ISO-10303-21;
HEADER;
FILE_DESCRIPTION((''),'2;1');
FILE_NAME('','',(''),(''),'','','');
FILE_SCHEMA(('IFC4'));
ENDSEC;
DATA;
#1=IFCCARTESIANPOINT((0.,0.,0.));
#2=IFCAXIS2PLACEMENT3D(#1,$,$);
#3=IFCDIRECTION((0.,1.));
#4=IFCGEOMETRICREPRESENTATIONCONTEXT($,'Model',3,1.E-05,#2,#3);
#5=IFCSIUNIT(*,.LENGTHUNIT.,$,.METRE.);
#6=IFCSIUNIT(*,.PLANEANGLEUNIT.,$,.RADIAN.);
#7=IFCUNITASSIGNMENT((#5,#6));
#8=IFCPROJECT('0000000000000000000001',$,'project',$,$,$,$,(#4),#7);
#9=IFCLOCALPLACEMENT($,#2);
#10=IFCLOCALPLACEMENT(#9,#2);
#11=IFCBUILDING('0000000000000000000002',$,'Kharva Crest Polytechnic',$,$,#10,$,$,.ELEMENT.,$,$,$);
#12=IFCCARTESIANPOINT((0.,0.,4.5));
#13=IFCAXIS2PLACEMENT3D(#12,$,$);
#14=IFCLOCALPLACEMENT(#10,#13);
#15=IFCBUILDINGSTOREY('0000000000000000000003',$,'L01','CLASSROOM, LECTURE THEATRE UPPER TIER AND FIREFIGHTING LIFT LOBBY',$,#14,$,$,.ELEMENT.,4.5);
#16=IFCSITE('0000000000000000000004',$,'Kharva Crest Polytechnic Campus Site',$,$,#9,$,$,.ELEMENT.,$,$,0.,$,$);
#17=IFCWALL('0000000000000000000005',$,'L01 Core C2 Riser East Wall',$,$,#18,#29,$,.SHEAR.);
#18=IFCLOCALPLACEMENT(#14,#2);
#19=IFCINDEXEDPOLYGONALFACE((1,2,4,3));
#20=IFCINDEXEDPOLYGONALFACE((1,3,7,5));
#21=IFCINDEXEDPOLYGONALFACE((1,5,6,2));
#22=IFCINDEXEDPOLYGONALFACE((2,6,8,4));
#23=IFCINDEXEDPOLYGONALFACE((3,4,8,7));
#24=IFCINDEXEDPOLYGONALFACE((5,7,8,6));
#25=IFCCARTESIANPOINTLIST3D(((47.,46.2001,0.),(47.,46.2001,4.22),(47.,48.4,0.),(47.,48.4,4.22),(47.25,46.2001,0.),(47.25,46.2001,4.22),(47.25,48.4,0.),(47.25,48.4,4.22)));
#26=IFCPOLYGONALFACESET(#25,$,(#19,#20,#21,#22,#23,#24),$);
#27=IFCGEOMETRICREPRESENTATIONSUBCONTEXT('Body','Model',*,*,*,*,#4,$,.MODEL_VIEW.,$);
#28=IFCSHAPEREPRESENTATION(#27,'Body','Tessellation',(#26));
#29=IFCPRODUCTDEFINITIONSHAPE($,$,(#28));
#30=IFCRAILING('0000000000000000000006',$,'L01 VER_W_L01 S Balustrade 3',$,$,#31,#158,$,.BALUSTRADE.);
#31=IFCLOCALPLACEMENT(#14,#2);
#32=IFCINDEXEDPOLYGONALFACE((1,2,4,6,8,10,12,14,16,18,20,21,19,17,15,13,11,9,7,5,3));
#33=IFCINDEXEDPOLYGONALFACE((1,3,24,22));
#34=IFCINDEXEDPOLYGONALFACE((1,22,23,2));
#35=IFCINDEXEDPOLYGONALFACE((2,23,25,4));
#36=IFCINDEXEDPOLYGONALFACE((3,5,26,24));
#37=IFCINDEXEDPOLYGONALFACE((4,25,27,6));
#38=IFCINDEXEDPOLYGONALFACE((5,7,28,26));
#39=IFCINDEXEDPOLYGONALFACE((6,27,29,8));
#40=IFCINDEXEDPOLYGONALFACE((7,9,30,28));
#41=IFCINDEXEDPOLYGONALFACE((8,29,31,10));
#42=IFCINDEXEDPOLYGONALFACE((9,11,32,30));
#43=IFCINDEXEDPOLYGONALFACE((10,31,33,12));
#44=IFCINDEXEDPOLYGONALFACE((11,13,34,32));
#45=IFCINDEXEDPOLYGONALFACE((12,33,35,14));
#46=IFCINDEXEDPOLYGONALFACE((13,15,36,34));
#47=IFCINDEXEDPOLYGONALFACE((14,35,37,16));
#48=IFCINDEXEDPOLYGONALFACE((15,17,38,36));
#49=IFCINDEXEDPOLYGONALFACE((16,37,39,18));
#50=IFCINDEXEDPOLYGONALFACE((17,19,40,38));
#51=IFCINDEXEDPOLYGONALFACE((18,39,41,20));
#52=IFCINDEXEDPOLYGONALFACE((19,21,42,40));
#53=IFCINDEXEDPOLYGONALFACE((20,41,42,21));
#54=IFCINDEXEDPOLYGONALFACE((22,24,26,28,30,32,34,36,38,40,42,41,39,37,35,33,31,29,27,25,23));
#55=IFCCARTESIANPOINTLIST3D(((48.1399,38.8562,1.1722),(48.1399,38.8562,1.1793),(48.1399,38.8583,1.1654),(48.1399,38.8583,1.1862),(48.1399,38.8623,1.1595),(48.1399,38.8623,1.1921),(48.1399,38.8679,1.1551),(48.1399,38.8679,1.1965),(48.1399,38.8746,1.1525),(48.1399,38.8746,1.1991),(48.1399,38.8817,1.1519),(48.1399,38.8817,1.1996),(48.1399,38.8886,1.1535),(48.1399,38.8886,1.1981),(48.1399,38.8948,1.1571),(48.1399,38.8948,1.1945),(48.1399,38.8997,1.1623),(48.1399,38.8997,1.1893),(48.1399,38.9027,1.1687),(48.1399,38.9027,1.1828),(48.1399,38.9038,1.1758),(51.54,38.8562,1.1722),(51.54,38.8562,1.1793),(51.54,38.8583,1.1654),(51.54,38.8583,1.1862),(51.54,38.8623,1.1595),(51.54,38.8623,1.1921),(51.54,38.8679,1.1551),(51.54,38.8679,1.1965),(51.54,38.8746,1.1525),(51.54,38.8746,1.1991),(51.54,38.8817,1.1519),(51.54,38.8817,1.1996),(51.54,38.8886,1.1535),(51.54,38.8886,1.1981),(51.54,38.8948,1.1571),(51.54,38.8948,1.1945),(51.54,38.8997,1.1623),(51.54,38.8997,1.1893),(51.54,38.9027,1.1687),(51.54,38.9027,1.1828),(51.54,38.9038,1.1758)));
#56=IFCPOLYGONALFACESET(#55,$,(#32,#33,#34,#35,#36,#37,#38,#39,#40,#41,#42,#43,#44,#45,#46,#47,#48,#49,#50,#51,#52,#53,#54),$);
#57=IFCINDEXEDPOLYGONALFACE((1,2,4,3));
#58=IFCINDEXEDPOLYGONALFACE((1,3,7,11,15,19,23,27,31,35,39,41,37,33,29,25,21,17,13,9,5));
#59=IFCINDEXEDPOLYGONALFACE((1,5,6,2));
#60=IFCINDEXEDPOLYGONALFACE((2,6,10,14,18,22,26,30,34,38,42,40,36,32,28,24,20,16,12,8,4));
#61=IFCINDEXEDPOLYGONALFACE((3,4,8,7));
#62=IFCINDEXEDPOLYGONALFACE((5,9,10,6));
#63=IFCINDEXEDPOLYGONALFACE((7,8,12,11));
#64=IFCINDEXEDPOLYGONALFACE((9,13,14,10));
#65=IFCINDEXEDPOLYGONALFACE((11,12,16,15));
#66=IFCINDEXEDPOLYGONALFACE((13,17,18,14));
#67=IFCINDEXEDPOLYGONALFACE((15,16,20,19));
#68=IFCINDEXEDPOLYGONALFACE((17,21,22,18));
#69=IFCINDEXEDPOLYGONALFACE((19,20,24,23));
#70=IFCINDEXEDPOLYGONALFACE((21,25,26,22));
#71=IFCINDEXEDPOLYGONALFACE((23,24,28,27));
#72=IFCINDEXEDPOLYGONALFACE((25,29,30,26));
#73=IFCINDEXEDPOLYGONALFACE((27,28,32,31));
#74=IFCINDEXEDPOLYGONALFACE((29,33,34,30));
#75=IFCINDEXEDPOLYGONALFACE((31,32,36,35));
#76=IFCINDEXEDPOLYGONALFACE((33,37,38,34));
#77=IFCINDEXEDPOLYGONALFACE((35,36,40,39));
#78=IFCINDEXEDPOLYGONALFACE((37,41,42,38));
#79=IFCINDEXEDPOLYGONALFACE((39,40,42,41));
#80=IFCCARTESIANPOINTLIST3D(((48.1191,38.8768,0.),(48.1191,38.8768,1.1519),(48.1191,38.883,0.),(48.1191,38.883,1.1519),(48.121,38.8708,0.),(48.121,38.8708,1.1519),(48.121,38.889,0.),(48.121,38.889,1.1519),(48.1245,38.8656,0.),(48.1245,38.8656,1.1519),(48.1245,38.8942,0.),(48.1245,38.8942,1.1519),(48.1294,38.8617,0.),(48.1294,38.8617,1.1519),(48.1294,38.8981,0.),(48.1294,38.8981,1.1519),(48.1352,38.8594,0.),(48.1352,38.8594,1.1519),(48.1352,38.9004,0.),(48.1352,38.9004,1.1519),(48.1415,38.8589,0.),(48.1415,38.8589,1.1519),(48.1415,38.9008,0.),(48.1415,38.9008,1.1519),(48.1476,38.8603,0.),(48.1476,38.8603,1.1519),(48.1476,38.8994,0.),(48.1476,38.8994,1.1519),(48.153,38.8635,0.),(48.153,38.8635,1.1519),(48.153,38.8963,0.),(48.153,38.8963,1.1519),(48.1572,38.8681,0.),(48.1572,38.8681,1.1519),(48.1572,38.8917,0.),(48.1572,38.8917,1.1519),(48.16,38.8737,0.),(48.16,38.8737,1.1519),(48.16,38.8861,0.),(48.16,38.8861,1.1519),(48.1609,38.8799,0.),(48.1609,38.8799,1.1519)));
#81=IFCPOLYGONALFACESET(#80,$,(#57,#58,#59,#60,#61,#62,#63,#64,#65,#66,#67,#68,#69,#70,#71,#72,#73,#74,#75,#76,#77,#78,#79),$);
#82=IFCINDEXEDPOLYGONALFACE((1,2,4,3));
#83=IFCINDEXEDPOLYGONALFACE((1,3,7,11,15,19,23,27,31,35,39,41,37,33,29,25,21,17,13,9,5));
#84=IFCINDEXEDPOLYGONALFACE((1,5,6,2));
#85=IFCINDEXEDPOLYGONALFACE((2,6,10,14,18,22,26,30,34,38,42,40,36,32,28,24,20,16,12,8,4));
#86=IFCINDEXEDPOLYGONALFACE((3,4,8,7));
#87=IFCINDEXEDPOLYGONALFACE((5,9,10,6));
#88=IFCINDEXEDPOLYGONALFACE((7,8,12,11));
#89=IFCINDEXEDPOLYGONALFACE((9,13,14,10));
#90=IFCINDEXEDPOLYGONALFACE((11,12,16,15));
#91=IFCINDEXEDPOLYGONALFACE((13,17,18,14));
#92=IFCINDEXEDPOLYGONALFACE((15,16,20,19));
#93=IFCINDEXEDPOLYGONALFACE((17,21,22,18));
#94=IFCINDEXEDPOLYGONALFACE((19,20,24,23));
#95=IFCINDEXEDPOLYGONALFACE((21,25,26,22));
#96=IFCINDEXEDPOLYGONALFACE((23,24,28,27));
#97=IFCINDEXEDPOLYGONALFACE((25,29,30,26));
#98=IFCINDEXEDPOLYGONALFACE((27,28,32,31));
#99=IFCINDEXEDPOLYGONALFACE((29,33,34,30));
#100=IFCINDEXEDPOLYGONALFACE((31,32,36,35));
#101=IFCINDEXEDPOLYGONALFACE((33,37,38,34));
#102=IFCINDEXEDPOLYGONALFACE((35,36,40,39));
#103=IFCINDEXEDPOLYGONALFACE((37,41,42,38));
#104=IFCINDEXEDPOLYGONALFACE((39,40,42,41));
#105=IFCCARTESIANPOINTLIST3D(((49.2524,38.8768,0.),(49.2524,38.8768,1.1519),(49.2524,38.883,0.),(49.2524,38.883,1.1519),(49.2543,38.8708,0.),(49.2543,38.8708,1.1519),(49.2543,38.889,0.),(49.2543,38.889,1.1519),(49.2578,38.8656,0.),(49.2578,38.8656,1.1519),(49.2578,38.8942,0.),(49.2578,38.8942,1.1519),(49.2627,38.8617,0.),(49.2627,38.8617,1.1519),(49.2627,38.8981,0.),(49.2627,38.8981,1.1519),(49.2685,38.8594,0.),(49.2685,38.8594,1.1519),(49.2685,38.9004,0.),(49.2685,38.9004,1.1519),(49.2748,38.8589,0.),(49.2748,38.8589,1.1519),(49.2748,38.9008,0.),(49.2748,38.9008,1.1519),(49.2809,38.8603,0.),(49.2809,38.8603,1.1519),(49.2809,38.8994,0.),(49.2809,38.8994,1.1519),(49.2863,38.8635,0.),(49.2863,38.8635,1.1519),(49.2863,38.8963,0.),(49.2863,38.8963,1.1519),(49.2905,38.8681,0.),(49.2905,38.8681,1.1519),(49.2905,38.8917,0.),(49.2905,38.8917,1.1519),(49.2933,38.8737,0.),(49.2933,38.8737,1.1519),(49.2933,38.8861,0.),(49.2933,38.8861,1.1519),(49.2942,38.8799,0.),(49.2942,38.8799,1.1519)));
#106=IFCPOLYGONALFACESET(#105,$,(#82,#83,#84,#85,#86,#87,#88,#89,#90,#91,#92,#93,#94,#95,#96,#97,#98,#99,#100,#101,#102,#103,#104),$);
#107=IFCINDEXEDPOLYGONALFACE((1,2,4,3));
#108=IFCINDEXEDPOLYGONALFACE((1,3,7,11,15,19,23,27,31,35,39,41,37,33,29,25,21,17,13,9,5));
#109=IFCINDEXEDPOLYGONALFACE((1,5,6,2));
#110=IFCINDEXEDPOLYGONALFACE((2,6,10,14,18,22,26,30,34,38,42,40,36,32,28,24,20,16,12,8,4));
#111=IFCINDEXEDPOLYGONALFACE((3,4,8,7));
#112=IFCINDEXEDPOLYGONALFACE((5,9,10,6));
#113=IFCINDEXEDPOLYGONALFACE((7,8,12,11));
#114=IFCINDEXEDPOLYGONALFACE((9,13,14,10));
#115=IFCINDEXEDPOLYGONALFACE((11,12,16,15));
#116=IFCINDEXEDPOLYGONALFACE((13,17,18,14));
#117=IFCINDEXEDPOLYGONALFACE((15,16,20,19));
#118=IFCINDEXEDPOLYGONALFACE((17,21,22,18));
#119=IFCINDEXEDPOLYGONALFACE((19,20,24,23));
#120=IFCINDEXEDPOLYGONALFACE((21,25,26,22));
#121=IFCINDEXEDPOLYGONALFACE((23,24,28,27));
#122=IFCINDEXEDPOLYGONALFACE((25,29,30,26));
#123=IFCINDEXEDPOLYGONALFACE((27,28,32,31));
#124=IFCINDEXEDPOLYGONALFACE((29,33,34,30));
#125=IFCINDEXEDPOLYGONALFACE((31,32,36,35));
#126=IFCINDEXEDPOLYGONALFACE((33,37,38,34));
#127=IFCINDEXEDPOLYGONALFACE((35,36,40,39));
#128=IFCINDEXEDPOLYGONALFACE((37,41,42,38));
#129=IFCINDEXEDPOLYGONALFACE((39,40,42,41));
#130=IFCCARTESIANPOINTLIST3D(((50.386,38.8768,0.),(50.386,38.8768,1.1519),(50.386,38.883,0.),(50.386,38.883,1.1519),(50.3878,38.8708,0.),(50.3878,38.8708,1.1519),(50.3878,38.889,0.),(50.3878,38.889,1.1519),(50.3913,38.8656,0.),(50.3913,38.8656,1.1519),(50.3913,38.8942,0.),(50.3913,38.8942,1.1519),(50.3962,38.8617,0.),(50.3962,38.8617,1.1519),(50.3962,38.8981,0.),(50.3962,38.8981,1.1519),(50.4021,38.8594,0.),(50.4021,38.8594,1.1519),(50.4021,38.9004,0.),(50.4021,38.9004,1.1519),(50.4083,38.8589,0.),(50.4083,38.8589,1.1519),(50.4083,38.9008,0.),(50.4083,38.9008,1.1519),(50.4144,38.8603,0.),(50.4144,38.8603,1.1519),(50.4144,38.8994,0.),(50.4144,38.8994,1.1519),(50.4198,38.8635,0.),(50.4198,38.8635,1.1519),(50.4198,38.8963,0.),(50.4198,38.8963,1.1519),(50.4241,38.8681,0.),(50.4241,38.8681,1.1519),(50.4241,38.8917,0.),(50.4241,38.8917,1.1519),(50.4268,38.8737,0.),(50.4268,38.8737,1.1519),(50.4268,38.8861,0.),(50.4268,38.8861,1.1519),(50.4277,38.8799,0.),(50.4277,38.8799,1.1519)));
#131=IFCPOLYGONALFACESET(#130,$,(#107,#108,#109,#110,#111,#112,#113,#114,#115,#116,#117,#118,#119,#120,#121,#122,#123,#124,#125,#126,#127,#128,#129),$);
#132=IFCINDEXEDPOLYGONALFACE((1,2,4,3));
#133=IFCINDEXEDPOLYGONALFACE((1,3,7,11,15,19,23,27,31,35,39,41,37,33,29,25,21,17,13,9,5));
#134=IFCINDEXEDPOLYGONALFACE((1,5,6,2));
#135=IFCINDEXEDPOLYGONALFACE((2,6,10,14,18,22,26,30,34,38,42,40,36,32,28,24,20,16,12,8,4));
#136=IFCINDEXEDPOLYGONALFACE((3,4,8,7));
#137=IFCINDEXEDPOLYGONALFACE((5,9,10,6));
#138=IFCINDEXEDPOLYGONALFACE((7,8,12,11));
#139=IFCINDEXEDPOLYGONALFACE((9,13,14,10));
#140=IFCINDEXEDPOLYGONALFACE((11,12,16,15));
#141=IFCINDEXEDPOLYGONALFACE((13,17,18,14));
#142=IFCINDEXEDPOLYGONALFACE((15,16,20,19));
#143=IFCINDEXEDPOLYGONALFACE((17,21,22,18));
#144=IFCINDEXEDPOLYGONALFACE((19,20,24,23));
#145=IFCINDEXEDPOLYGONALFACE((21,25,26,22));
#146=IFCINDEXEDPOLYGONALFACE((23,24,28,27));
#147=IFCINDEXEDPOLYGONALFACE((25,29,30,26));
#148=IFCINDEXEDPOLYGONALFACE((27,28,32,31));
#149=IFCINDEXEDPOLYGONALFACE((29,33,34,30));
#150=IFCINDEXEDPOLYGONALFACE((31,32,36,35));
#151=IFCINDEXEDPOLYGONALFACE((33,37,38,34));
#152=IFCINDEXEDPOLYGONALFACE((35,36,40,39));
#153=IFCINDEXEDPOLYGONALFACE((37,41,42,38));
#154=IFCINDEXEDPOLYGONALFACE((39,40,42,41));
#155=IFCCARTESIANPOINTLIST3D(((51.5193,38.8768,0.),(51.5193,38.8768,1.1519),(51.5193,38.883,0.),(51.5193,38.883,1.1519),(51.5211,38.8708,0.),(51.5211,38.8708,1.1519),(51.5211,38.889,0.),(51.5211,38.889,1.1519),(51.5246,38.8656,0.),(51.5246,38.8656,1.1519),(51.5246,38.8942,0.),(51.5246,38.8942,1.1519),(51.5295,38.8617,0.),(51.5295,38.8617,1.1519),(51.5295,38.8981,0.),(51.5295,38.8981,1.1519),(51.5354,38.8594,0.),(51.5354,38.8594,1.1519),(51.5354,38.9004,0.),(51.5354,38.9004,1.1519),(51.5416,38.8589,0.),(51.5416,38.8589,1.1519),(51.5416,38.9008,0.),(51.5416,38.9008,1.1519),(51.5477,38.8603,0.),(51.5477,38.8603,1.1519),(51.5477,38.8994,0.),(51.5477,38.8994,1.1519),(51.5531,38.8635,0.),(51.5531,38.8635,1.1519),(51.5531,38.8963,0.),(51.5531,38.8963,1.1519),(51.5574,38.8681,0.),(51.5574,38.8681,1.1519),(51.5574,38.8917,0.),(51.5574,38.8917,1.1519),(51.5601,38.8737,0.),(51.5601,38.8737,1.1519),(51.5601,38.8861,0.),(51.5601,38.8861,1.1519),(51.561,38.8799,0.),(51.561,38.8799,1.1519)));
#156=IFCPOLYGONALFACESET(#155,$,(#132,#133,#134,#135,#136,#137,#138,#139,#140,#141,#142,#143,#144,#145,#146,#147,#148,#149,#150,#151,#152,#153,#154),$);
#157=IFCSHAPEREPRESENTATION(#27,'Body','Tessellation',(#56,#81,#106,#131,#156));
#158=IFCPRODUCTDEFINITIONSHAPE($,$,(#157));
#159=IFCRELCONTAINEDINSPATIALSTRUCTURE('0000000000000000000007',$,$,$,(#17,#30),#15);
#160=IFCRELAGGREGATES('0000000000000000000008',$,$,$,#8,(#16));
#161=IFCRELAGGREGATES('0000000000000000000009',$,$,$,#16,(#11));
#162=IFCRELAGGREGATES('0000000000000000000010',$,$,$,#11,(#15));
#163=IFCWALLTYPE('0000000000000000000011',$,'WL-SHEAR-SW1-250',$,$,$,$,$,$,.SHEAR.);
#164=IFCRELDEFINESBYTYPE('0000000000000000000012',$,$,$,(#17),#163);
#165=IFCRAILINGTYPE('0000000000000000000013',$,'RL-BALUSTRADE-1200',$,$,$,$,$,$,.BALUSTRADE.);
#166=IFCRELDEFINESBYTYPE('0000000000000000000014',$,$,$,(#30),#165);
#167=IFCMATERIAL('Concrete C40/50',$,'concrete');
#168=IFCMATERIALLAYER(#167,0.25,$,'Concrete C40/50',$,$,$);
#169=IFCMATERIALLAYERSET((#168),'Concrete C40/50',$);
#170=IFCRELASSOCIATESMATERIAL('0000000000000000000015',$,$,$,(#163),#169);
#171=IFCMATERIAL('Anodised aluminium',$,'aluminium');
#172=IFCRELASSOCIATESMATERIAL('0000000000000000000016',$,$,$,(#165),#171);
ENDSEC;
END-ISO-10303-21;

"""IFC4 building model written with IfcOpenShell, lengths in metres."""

from ifc_helpers import new_model, si_unit, direction, frame, frame_2d, origin, origin_2d, place, context, subcontext, project, spatial, rectangle, circle, extrude, material, layer, layer_set, type_object, element, save


model = new_model("IFC4")

# Units and contexts
model_context = context("Model", 3, precision=1e-05, world=origin(), true_north=direction((0.0, 1.0)))
body_context = subcontext(model_context, "Body", "Model", "MODEL_VIEW")
ifc_project = project(units=[si_unit("LENGTHUNIT", "METRE"), si_unit("PLANEANGLEUNIT", "RADIAN")], contexts=[model_context])

# Site, building, storey
site_placement = place(None, origin())
site = spatial("IfcSite", under=ifc_project, at=site_placement, Name="Kharva Crest Polytechnic Campus Site", CompositionType="ELEMENT", RefElevation=0.0)
building_placement = place(site_placement, origin())
building = spatial("IfcBuilding", under=site, at=building_placement, Name="Kharva Crest Polytechnic", CompositionType="ELEMENT")
storey_placement = place(building_placement, frame((0.0, 0.0, 4.5)))
storey = spatial("IfcBuildingStorey", under=building, at=storey_placement, Name="L01", Description="CLASSROOM, LECTURE THEATRE UPPER TIER AND FIREFIGHTING LIFT LOBBY", CompositionType="ELEMENT", Elevation=4.5)

# Shared definitions
ifc_material_1 = material(Name="Concrete C40/50", Category="concrete")

# Shared definitions
ifc_material_2 = material(Name="Anodised aluminium", Category="aluminium")

# Wall
ifc_layer_1 = layer(ifc_material_1, 0.25, Name="Concrete C40/50")
ifc_layer_set_1 = layer_set([ifc_layer_1], Name="Concrete C40/50")
wall_type_1 = type_object("IfcWallType", Name="WL-SHEAR-SW1-250", PredefinedType="SHEAR", material=ifc_layer_set_1)
wall_1_placement = place(storey_placement, frame((47.125, 46.2, 0.0), z_axis=(0.0, 0.0, 1.0), x_axis=(0.0, 1.0, 0.0)))
element("IfcWall", 1, at=wall_1_placement, inside=storey, type_object=wall_type_1, Name="L01 Core C2 Riser East Wall", PredefinedType="SHEAR", context=body_context, shape_type="SweptSolid", body=[
    extrude(rectangle(XDim=2.2, YDim=0.25, at=frame_2d((1.1001, 0.0))), origin(), (0.0, 0.0, 1.0), 4.22),
])

# Railing
railing_type = type_object("IfcRailingType", Name="RL-BALUSTRADE-1200", PredefinedType="BALUSTRADE", material=ifc_material_2)
railing_1_placement = place(storey_placement, frame((48.1399, 38.8799, 0.0)))
element("IfcRailing", 2, at=railing_1_placement, inside=storey, type_object=railing_type, Name="L01 VER_W_L01 S Balustrade 3", PredefinedType="BALUSTRADE", context=body_context, shape_type="SweptSolid", body=[
    extrude(circle(Radius=0.0239, at=origin_2d()), frame((0.0, 0.0, 1.1758), z_axis=(1.0, 0.0, 0.0), x_axis=(0.0, 1.0, 0.0)), (0.0, 0.0, 1.0), 3.4001),
    extrude(circle(Radius=0.021, at=origin_2d()), origin(), (0.0, 0.0, 1.0), 1.1519),
    extrude(circle(Radius=0.021, at=origin_2d()), frame((1.1333, 0.0, 0.0)), (0.0, 0.0, 1.0), 1.1519),
    extrude(circle(Radius=0.021, at=origin_2d()), frame((2.2668, 0.0, 0.0)), (0.0, 0.0, 1.0), 1.1519),
    extrude(circle(Radius=0.021, at=origin_2d()), frame((3.4001, 0.0, 0.0)), (0.0, 0.0, 1.0), 1.1519),
])

save(model, "model.ifc")
